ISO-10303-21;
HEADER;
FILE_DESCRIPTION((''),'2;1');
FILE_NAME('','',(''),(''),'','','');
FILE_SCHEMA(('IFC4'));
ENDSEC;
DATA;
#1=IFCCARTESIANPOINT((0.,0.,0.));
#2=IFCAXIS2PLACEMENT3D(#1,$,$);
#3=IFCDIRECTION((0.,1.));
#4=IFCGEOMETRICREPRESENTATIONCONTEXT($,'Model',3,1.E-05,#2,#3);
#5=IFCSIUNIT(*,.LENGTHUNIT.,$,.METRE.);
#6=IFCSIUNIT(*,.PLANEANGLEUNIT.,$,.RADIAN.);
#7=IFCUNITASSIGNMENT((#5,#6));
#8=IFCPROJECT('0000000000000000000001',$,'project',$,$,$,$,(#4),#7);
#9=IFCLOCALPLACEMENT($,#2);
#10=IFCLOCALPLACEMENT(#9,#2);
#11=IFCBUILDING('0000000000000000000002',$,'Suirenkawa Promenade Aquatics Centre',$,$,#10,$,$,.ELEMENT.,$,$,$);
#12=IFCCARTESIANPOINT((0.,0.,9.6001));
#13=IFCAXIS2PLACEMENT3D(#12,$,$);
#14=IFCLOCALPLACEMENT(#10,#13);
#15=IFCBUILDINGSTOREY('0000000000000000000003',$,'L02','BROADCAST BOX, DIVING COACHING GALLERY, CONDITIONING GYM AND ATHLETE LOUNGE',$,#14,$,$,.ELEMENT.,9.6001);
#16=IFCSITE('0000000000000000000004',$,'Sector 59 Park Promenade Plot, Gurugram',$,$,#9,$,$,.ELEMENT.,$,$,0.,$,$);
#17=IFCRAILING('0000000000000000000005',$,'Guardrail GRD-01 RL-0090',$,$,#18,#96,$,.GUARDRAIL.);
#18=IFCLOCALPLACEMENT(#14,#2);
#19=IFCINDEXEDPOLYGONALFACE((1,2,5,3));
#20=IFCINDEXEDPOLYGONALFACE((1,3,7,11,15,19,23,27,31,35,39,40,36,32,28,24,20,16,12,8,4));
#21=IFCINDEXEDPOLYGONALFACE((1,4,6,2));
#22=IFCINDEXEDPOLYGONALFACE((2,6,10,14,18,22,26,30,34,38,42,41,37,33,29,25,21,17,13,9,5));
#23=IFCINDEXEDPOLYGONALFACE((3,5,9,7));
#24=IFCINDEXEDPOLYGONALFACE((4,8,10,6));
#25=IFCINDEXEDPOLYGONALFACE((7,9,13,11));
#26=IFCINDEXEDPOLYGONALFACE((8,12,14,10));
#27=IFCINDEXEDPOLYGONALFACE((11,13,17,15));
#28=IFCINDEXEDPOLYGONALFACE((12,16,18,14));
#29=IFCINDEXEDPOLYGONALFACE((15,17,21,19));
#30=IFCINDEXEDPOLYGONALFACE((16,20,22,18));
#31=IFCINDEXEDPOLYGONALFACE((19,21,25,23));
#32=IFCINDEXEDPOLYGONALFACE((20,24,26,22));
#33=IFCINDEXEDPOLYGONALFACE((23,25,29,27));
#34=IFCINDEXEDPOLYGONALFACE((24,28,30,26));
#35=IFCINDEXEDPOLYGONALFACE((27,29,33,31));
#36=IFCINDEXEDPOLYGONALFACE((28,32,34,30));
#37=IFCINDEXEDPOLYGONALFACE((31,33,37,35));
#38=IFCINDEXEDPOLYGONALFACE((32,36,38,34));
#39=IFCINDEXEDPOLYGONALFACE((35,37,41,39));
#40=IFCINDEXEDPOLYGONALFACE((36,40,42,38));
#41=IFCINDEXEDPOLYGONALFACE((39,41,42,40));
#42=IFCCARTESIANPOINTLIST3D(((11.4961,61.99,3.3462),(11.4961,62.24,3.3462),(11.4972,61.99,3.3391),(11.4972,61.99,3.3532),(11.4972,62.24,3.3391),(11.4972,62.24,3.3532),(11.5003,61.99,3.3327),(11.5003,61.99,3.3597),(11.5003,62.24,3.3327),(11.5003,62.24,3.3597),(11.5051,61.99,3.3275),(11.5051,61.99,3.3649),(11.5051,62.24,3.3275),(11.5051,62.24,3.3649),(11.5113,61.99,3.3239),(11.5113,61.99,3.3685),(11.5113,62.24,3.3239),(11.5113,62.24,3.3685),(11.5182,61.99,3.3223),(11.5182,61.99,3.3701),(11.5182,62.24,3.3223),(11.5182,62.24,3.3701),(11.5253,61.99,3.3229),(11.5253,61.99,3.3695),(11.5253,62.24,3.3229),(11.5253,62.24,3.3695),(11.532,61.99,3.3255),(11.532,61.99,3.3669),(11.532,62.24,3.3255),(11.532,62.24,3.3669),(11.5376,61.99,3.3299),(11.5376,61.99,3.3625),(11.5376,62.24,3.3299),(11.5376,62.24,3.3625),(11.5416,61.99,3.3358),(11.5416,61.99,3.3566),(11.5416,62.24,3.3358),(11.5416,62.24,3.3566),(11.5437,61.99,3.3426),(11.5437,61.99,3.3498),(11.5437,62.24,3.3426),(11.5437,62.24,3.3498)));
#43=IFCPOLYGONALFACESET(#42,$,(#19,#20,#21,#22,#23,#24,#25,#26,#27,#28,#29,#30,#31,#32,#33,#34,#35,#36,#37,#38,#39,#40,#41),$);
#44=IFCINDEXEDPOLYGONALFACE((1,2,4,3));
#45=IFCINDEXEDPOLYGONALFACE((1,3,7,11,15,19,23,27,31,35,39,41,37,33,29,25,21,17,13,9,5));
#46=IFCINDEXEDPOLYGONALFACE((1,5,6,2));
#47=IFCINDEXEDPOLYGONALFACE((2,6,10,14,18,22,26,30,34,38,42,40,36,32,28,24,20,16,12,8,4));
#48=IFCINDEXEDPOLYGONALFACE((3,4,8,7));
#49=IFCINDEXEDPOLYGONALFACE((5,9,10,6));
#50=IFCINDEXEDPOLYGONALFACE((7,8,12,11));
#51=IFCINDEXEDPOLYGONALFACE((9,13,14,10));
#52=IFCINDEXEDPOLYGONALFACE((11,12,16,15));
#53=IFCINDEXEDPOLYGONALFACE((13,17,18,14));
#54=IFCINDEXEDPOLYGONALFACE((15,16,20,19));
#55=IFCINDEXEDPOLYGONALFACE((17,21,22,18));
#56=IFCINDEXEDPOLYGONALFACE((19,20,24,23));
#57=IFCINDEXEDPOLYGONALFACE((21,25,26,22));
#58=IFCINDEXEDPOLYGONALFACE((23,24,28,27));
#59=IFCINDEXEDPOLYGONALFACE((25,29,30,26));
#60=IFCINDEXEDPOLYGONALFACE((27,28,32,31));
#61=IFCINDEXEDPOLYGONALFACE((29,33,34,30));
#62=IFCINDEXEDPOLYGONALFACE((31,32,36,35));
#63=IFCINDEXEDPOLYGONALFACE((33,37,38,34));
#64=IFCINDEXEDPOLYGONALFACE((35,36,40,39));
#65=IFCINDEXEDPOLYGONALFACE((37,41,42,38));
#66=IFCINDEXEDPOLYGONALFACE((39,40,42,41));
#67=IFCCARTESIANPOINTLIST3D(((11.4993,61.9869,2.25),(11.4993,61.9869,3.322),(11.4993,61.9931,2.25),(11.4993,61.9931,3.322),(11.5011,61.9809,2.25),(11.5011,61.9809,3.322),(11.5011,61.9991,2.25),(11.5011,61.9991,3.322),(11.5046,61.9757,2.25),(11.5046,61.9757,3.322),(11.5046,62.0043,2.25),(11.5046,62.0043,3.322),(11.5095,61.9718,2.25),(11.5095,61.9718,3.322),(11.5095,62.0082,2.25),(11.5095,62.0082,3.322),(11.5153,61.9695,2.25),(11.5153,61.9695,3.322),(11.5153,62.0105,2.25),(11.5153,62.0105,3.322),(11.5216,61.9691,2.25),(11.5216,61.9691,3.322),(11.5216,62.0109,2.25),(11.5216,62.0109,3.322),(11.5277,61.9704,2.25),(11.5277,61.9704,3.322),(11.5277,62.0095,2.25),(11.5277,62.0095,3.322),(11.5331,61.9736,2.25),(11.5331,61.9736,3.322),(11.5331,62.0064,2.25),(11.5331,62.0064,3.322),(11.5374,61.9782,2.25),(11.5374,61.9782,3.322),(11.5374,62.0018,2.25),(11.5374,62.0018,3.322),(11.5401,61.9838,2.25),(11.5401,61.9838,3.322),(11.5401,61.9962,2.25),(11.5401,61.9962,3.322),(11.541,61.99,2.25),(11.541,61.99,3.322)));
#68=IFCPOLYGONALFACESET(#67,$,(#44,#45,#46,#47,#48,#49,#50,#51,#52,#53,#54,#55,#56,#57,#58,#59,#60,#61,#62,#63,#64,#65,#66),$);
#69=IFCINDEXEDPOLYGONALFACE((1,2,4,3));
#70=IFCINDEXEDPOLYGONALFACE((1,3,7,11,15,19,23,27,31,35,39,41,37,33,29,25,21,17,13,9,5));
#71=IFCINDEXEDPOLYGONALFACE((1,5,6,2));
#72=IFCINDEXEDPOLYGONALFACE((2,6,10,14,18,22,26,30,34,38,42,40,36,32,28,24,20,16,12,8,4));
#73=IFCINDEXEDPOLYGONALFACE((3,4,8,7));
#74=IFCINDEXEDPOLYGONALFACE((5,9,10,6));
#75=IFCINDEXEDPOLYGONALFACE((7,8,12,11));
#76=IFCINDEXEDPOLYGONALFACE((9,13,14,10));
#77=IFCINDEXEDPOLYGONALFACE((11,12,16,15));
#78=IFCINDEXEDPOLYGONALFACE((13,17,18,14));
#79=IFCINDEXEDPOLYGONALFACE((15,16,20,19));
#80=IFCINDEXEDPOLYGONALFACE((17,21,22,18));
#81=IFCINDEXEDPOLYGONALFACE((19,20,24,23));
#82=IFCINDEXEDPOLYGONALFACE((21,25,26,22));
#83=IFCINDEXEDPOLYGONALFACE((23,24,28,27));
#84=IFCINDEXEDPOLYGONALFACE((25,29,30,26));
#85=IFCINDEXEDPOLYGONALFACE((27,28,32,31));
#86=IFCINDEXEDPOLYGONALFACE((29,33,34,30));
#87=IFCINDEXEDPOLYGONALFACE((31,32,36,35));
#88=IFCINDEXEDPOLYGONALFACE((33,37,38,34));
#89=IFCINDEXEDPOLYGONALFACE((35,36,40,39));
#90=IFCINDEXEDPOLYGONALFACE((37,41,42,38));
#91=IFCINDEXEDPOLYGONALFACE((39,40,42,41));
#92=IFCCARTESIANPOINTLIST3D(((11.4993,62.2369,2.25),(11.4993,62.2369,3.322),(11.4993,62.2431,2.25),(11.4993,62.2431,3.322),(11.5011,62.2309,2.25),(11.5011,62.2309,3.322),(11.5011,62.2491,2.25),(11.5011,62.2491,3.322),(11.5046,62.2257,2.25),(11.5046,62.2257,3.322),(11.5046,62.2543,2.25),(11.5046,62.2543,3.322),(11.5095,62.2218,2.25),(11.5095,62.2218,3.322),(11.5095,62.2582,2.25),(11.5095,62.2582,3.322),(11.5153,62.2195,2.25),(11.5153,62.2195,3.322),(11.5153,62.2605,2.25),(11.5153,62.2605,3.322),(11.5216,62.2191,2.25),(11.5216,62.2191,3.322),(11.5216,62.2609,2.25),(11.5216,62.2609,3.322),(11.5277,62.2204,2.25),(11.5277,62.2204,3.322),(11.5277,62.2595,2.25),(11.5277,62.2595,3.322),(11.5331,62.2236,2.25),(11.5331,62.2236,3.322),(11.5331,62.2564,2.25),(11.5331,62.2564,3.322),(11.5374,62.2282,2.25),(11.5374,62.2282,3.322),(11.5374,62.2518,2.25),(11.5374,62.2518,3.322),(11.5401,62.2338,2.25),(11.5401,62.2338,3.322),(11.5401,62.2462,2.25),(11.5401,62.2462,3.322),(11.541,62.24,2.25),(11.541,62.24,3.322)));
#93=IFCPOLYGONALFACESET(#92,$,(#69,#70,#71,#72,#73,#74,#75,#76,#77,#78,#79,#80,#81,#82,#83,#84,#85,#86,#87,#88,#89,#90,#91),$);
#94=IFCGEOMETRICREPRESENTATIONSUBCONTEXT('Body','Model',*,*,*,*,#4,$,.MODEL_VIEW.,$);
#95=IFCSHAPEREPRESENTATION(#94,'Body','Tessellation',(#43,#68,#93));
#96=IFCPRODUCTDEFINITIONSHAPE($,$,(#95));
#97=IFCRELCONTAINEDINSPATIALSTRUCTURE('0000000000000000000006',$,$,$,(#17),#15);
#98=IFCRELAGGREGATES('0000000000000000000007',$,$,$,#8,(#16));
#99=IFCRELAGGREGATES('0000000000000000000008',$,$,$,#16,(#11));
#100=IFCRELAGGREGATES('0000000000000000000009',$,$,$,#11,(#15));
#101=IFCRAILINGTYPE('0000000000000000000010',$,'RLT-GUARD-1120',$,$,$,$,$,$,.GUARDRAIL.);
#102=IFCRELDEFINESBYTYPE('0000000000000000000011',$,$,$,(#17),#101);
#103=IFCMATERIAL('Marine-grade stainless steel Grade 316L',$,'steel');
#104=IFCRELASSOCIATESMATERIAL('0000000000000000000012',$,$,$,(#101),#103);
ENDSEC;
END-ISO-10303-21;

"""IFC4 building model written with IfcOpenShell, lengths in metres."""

from ifc_helpers import new_model, si_unit, direction, frame, origin, origin_2d, place, context, subcontext, project, spatial, circle, extrude, material, type_object, element, save


model = new_model("IFC4")

# Units and contexts
model_context = context("Model", 3, precision=1e-05, world=origin(), true_north=direction((0.0, 1.0)))
body_context = subcontext(model_context, "Body", "Model", "MODEL_VIEW")
ifc_project = project(units=[si_unit("LENGTHUNIT", "METRE"), si_unit("PLANEANGLEUNIT", "RADIAN")], contexts=[model_context])

# Site, building, storey
site_placement = place(None, origin())
site = spatial("IfcSite", under=ifc_project, at=site_placement, Name="Sector 59 Park Promenade Plot, Gurugram", CompositionType="ELEMENT", RefElevation=0.0)
building_placement = place(site_placement, origin())
building = spatial("IfcBuilding", under=site, at=building_placement, Name="Suirenkawa Promenade Aquatics Centre", CompositionType="ELEMENT")
storey_placement = place(building_placement, frame((0.0, 0.0, 9.6001)))
storey = spatial("IfcBuildingStorey", under=building, at=storey_placement, Name="L02", Description="BROADCAST BOX, DIVING COACHING GALLERY, CONDITIONING GYM AND ATHLETE LOUNGE", CompositionType="ELEMENT", Elevation=9.6001)

# Railing
ifc_material_1 = material(Name="Marine-grade stainless steel Grade 316L", Category="steel")
railing_type_1 = type_object("IfcRailingType", Name="RLT-GUARD-1120", PredefinedType="GUARDRAIL", material=ifc_material_1)
railing_1_placement = place(storey_placement, frame((11.52, 61.99, 2.25)))
element("IfcRailing", 1, at=railing_1_placement, inside=storey, type_object=railing_type_1, Name="Guardrail GRD-01 RL-0090", PredefinedType="GUARDRAIL", context=body_context, shape_type="SweptSolid", body=[
    extrude(circle(Radius=0.0239, at=origin_2d()), frame((0.0, 0.0, 1.0962), z_axis=(0.0, 1.0, 0.0), x_axis=(-1.0, 0.0, 0.0)), (0.0, 0.0, 1.0), 0.25),
    extrude(circle(Radius=0.021, at=origin_2d()), origin(), (0.0, 0.0, 1.0), 1.072),
    extrude(circle(Radius=0.021, at=origin_2d()), frame((0.0, 0.25, 0.0)), (0.0, 0.0, 1.0), 1.072),
])

save(model, "model.ifc")
